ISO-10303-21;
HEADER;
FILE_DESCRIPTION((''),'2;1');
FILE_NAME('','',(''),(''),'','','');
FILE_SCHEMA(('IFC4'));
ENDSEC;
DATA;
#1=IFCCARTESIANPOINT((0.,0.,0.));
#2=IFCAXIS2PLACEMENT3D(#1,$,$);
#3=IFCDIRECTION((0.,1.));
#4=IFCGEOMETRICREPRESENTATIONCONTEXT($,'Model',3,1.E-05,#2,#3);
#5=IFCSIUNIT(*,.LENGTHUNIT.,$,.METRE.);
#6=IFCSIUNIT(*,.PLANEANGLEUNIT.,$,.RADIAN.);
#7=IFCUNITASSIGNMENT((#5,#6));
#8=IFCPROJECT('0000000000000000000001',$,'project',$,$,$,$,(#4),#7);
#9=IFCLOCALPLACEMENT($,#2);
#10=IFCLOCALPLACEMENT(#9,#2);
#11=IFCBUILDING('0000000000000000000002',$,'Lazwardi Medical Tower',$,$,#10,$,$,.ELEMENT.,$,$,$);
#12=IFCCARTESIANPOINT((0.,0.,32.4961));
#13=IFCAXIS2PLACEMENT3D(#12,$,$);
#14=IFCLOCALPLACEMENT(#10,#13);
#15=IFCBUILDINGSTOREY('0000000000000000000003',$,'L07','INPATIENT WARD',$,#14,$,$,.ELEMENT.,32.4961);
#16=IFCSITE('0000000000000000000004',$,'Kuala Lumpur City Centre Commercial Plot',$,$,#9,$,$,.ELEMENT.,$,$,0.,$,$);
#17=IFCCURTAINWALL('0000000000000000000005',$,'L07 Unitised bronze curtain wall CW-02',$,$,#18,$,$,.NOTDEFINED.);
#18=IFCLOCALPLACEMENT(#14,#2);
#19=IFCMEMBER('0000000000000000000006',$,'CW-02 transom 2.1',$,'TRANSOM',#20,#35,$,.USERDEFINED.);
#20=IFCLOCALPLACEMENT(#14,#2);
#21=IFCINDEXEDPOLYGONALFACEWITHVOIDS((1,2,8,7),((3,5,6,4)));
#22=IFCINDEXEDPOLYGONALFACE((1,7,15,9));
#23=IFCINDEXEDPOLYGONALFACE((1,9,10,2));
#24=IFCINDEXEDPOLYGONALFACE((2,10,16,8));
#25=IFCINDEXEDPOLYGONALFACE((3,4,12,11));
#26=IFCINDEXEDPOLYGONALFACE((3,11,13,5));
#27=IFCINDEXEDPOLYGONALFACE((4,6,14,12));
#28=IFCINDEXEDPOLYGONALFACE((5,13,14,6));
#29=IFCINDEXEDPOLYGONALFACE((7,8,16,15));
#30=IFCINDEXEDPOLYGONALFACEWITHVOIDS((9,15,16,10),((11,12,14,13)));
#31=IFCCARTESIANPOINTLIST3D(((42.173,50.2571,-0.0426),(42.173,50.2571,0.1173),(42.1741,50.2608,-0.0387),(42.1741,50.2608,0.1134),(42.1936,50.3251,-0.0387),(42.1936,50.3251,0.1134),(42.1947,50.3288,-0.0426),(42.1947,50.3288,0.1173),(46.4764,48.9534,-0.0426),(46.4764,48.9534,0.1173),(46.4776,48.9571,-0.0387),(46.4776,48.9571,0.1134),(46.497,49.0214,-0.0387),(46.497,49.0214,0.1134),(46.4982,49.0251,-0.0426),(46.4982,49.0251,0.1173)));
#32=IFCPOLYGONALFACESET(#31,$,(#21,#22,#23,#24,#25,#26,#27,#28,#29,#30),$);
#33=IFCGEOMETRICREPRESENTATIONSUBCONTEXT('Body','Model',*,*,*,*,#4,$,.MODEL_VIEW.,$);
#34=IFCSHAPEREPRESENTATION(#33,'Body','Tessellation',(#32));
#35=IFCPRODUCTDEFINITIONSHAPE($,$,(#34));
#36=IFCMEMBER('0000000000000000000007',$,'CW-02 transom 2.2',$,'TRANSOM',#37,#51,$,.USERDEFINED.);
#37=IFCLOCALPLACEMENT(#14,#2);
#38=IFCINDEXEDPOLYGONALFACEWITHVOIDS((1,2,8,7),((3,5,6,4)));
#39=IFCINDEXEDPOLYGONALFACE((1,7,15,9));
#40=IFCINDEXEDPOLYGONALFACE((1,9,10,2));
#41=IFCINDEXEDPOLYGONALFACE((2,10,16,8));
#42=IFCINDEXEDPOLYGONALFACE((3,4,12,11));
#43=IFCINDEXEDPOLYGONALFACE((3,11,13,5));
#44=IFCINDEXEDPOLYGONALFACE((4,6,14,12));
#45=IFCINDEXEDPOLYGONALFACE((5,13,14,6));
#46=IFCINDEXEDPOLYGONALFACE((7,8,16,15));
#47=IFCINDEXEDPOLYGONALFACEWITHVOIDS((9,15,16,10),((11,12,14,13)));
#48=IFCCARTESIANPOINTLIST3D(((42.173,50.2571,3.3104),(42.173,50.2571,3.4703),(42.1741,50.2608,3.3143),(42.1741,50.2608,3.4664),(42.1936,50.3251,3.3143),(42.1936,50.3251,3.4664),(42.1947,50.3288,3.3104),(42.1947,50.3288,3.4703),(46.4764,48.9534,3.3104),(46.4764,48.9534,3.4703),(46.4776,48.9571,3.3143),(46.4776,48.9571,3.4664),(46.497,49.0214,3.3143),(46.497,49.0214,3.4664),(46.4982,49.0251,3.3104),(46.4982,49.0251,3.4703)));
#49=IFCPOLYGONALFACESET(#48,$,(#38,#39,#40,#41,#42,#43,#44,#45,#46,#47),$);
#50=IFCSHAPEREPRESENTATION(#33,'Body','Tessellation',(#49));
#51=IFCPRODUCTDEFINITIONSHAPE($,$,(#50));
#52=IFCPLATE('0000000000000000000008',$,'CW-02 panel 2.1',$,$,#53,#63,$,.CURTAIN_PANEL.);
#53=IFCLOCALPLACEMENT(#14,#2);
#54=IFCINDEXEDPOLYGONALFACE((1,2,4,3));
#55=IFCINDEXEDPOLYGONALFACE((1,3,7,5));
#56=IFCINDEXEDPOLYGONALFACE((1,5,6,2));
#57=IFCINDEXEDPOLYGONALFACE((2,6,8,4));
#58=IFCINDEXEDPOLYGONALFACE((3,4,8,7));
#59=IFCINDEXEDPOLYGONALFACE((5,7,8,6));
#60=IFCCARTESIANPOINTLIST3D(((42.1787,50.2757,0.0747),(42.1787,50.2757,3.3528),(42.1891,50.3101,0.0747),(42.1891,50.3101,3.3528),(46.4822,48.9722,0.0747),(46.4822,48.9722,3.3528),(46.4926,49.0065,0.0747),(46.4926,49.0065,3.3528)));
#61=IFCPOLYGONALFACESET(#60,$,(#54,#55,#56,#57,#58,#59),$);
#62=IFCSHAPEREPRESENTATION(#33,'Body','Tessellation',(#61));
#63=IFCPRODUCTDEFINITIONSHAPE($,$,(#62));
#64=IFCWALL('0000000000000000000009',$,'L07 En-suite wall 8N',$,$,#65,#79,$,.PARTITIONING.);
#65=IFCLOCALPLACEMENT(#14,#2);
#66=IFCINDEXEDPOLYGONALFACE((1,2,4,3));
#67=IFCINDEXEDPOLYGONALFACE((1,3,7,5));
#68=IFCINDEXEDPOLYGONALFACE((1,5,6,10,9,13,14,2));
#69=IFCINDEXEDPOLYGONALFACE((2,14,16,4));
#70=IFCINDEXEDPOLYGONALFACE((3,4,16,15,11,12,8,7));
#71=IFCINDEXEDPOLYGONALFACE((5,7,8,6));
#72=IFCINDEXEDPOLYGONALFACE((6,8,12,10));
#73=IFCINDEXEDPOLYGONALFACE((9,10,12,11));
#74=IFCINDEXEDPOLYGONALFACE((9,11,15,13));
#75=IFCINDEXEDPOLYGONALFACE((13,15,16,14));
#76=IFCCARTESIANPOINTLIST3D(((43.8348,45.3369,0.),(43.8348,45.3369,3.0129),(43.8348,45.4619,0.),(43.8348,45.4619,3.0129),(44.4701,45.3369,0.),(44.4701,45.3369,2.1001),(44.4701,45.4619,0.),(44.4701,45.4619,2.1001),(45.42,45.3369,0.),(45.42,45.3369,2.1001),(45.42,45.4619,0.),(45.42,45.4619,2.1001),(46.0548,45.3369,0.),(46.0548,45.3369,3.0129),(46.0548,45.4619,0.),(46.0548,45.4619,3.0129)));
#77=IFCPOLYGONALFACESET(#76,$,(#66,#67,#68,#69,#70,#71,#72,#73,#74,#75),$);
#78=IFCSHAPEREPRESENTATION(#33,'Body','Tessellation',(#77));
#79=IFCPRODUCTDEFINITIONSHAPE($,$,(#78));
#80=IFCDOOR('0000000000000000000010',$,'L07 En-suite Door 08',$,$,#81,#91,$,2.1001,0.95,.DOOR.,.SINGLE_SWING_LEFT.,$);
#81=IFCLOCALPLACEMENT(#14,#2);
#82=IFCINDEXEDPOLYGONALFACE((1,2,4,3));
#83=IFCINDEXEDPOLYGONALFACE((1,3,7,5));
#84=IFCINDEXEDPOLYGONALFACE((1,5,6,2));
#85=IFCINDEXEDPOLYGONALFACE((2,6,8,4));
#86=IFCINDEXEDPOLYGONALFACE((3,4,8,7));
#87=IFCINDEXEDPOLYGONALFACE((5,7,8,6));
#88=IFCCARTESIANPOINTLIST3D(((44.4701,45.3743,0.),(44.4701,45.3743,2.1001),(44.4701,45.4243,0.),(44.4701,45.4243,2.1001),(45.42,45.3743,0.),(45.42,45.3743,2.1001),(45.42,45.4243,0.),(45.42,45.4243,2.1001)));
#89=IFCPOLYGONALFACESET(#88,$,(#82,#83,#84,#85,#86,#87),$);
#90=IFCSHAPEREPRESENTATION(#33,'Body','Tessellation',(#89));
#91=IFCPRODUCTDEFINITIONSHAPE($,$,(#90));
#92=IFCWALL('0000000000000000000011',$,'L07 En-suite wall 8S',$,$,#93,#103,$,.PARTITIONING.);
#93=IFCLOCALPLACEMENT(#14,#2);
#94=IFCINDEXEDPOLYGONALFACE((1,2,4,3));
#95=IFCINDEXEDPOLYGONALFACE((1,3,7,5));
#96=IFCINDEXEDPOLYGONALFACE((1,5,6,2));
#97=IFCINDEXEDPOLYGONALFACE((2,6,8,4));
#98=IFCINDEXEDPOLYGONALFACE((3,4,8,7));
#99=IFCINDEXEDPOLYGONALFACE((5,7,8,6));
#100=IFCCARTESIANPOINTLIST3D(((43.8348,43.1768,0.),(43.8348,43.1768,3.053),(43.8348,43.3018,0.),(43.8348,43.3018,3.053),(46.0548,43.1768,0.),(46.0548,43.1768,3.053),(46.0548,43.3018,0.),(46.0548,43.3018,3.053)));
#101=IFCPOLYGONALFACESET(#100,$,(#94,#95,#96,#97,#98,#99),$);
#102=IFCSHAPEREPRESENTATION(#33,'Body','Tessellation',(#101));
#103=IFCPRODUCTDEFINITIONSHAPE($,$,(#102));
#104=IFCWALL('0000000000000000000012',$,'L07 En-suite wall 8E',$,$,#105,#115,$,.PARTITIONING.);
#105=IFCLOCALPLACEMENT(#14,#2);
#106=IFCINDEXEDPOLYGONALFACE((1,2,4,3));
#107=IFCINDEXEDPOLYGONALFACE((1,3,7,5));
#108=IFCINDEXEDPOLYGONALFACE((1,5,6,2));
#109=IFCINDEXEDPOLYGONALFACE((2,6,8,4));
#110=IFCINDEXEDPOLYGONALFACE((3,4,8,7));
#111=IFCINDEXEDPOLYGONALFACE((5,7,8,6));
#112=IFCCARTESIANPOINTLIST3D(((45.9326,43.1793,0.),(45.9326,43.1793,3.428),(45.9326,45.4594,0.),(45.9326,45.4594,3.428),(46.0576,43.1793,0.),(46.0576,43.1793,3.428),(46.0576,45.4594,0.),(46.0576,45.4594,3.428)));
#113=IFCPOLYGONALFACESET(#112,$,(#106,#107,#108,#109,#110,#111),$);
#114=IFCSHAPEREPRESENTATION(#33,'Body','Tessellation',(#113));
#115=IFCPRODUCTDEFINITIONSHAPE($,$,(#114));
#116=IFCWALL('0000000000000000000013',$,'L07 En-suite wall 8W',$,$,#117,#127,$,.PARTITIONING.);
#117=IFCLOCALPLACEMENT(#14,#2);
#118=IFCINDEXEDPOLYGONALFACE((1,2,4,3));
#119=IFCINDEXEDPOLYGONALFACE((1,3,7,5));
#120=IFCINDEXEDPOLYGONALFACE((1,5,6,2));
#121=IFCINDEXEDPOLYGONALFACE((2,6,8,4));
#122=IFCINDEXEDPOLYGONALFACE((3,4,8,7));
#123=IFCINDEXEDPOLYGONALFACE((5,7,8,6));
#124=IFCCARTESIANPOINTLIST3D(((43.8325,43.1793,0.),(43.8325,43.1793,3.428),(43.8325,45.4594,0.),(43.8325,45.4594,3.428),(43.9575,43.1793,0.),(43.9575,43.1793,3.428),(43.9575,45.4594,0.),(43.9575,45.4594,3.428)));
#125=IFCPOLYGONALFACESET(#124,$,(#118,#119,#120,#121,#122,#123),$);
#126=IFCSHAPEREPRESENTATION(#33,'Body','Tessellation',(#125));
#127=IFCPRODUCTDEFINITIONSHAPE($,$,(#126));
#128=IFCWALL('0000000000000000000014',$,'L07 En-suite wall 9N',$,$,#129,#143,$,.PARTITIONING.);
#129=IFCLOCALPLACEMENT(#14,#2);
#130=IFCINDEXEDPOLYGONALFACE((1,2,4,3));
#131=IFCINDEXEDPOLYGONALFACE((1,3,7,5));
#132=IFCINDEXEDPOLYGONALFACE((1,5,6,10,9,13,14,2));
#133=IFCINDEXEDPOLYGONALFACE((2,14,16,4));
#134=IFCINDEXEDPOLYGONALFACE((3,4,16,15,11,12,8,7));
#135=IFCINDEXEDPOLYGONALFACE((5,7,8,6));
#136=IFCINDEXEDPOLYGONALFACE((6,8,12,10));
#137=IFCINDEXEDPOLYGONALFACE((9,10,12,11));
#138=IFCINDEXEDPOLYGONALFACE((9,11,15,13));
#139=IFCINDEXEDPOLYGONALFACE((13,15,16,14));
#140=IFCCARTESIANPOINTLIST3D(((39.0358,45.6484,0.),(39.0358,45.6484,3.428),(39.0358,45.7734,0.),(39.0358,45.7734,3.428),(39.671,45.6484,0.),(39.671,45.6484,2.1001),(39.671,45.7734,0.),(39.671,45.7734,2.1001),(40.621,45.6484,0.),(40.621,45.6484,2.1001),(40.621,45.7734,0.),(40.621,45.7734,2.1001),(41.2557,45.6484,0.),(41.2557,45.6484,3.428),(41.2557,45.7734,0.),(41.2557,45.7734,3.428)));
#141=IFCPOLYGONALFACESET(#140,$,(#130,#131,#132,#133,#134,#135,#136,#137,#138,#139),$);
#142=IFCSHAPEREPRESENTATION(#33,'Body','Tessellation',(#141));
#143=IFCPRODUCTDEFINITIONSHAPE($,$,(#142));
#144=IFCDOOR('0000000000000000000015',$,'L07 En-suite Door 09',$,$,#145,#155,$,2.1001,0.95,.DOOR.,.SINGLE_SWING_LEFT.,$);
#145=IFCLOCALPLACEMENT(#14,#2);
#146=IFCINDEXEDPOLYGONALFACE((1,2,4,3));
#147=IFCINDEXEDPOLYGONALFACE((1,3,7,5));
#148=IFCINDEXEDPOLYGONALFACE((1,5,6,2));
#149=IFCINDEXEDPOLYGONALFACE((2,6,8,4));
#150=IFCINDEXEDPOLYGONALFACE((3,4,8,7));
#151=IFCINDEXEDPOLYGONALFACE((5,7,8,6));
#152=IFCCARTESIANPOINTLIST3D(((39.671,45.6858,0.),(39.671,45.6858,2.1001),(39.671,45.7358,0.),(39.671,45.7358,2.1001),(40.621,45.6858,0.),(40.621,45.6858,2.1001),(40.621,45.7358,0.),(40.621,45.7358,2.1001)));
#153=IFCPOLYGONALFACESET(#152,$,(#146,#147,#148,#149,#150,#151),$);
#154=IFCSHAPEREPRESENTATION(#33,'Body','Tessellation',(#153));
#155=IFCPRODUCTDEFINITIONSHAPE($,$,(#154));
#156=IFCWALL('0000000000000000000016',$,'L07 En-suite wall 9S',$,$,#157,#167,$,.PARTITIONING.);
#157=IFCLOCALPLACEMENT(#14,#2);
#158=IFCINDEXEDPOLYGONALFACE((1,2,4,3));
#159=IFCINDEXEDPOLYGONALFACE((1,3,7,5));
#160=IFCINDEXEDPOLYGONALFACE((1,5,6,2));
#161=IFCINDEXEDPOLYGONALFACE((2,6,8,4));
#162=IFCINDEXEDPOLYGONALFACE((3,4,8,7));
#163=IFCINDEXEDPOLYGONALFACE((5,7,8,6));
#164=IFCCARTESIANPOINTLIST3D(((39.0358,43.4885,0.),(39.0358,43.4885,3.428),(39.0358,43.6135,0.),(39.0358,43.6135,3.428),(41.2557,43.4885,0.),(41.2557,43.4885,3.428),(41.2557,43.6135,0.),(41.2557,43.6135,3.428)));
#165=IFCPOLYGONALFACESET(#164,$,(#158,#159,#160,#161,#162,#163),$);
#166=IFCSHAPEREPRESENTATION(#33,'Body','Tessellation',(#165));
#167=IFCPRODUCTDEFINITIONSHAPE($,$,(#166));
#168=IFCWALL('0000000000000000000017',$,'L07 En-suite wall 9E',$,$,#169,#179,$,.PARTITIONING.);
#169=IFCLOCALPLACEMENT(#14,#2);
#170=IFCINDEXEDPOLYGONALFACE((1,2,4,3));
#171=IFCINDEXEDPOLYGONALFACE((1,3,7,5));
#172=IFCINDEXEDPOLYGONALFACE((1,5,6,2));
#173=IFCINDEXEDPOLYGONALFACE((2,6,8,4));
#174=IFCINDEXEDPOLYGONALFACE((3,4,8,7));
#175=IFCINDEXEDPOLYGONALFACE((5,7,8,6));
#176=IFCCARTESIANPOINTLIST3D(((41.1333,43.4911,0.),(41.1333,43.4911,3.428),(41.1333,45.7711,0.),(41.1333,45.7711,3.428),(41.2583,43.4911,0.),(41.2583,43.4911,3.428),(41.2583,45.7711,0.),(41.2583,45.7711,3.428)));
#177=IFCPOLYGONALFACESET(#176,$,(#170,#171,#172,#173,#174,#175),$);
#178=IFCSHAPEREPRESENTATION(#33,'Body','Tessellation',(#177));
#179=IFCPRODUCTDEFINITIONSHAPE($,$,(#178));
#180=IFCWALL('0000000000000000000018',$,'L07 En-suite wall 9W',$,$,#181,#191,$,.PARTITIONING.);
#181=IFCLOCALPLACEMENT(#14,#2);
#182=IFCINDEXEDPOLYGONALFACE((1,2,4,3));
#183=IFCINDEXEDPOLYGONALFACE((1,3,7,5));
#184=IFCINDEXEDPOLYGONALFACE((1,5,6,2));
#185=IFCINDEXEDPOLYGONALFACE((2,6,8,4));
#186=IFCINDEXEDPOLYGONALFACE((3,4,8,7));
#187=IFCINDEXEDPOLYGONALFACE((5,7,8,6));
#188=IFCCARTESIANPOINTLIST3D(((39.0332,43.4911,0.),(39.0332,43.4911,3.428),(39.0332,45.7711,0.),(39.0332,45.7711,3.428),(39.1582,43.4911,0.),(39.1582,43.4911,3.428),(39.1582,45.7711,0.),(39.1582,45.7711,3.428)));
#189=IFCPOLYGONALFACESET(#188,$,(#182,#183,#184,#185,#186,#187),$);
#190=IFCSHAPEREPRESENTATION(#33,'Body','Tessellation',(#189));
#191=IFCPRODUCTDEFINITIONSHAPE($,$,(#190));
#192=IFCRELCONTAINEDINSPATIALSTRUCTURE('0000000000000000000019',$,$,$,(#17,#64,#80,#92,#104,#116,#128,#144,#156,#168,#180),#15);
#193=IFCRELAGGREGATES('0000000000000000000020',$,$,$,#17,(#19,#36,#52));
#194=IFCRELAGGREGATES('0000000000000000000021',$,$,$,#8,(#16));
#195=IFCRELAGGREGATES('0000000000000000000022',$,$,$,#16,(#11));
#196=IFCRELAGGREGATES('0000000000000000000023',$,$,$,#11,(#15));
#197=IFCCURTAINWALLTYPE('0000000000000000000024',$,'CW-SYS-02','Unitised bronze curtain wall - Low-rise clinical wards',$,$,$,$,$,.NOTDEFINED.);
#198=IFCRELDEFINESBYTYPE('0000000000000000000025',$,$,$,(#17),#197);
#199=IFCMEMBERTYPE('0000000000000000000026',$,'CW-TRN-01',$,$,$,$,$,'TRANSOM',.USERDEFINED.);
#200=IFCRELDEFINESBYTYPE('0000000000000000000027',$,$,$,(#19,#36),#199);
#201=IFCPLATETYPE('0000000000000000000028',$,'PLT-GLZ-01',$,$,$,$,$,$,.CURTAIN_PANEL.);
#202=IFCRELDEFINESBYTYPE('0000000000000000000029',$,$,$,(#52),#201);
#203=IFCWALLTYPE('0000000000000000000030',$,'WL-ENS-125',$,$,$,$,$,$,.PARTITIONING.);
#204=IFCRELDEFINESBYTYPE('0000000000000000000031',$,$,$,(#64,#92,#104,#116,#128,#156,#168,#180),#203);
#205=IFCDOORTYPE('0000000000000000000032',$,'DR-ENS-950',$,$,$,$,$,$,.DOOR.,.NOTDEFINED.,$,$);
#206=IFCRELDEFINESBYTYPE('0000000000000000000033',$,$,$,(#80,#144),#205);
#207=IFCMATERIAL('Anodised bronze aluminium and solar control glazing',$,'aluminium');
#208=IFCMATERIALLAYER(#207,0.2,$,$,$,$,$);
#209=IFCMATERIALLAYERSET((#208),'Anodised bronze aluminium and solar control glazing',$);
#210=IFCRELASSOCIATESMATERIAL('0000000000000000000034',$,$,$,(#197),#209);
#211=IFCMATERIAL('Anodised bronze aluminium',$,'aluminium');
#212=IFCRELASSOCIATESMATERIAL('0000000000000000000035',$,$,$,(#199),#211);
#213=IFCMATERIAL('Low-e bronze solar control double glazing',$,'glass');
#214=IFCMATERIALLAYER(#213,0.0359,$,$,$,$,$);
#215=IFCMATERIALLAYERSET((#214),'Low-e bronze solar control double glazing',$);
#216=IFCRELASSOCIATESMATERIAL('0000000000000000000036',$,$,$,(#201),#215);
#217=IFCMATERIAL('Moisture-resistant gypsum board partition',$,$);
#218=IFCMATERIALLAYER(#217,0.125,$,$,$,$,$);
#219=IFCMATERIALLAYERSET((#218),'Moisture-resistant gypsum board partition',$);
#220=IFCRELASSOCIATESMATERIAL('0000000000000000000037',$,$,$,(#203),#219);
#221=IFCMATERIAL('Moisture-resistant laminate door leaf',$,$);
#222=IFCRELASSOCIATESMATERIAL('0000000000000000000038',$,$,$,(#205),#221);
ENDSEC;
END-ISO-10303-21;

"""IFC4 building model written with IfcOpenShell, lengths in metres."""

from ifc_helpers import new_model, si_unit, direction, frame, frame_2d, origin, origin_2d, place, context, subcontext, project, spatial, rectangle, hollow_rectangle, extrude, material, layer, layer_set, material_profile, profile_set, type_object, element, fill, aggregate, save


model = new_model("IFC4")

# Units and contexts
model_context = context("Model", 3, precision=1e-05, world=origin(), true_north=direction((0.0, 1.0)))
body_context = subcontext(model_context, "Body", "Model", "MODEL_VIEW")
ifc_project = project(units=[si_unit("LENGTHUNIT", "METRE"), si_unit("PLANEANGLEUNIT", "RADIAN")], contexts=[model_context])

# Site, building, storey
site_placement = place(None, origin())
site = spatial("IfcSite", under=ifc_project, at=site_placement, Name="Kuala Lumpur City Centre Commercial Plot", CompositionType="ELEMENT", RefElevation=0.0)
building_placement = place(site_placement, origin())
building = spatial("IfcBuilding", under=site, at=building_placement, Name="Lazwardi Medical Tower", CompositionType="ELEMENT")
storey_placement = place(building_placement, frame((0.0, 0.0, 32.4961)))
storey = spatial("IfcBuildingStorey", under=building, at=storey_placement, Name="L07", Description="INPATIENT WARD", CompositionType="ELEMENT", Elevation=32.4961)

# Curtain wall, members, plate
ifc_material_1 = material(Name="Anodised bronze aluminium and solar control glazing", Category="aluminium")
ifc_layer_1 = layer(ifc_material_1, 0.2)
ifc_layer_set_1 = layer_set([ifc_layer_1], Name="Anodised bronze aluminium and solar control glazing")
curtain_wall_type = type_object("IfcCurtainWallType", Name="CW-SYS-02", Description="Unitised bronze curtain wall - Low-rise clinical wards", PredefinedType="NOTDEFINED", material=ifc_layer_set_1)
curtain_wall_placement = place(storey_placement, origin())
curtain_wall = element("IfcCurtainWall", 1, at=curtain_wall_placement, inside=storey, type_object=curtain_wall_type, Name="L07 Unitised bronze curtain wall CW-02", PredefinedType="NOTDEFINED")
ifc_material_2 = material(Name="Anodised bronze aluminium", Category="aluminium")
ifc_material_profile_1 = material_profile(ifc_material_2, hollow_rectangle(XDim=0.075, YDim=0.1599, WallThickness=0.0039, at=origin_2d()), Name="ALU-TRANSOM 160x75x4")
ifc_profile_set_1 = profile_set([ifc_material_profile_1], Name="Anodised bronze aluminium")
member_type_1 = type_object("IfcMemberType", Name="CW-TRN-01", ElementType="TRANSOM", PredefinedType="USERDEFINED", material=ifc_profile_set_1)
member_1_placement = place(storey_placement, frame((46.4873, 48.9893, 0.0374), z_axis=(-0.957047, 0.289932, 0.0), x_axis=(-0.289932, -0.957047, 0.0)))
member_1 = element("IfcMember", 2, at=member_1_placement, type_object=member_type_1, Name="CW-02 transom 2.1", ObjectType="TRANSOM", PredefinedType="USERDEFINED", context=body_context, shape_type="SweptSolid", body=[
    extrude(hollow_rectangle(XDim=0.075, YDim=0.1599, WallThickness=0.0039, at=origin_2d()), origin(), (0.0, 0.0, 1.0), 4.4966),
])
member_2_placement = place(storey_placement, frame((46.4873, 48.9893, 3.3904), z_axis=(-0.957047, 0.289932, 0.0), x_axis=(-0.289932, -0.957047, 0.0)))
member_2 = element("IfcMember", 3, at=member_2_placement, type_object=member_type_1, Name="CW-02 transom 2.2", ObjectType="TRANSOM", PredefinedType="USERDEFINED", context=body_context, shape_type="SweptSolid", body=[
    extrude(hollow_rectangle(XDim=0.075, YDim=0.1599, WallThickness=0.0039, at=origin_2d()), origin(), (0.0, 0.0, 1.0), 4.4966),
])
ifc_material_3 = material(Name="Low-e bronze solar control double glazing", Category="glass")
ifc_layer_2 = layer(ifc_material_3, 0.0359)
ifc_layer_set_2 = layer_set([ifc_layer_2], Name="Low-e bronze solar control double glazing")
plate_type = type_object("IfcPlateType", Name="PLT-GLZ-01", PredefinedType="CURTAIN_PANEL", material=ifc_layer_set_2)
plate_placement = place(storey_placement, frame((44.3357, 49.6411, 0.0747), z_axis=(0.0, 0.0, 1.0), x_axis=(-0.957058, 0.289896, 0.0)))
plate = element("IfcPlate", 4, at=plate_placement, type_object=plate_type, Name="CW-02 panel 2.1", PredefinedType="CURTAIN_PANEL", context=body_context, shape_type="SweptSolid", body=[
    extrude(rectangle(XDim=4.4966, YDim=0.0359, at=origin_2d()), origin(), (0.0, 0.0, 1.0), 3.2781),
])
aggregate(curtain_wall, [member_1, member_2, plate])

# Wall, opening, door
ifc_material_4 = material(Name="Moisture-resistant gypsum board partition")
ifc_layer_3 = layer(ifc_material_4, 0.125)
ifc_layer_set_3 = layer_set([ifc_layer_3], Name="Moisture-resistant gypsum board partition")
wall_type_1 = type_object("IfcWallType", Name="WL-ENS-125", PredefinedType="PARTITIONING", material=ifc_layer_set_3)
wall_1_placement = place(storey_placement, frame((43.835, 45.3994, 0.0), z_axis=(0.0, 0.0, 1.0), x_axis=(1.0, 0.0, 0.0)))
wall_1 = element("IfcWall", 5, at=wall_1_placement, inside=storey, type_object=wall_type_1, Name="L07 En-suite wall 8N", PredefinedType="PARTITIONING", context=body_context, shape_type="SweptSolid", body=[
    extrude(rectangle(XDim=2.22, YDim=0.125, at=frame_2d((1.1099, 0.0))), origin(), (0.0, 0.0, 1.0), 3.0129),
])
opening_1_placement = place(wall_1_placement, frame((0.635, 0.0, 0.0)))
opening_1 = element("IfcOpeningElement", 6, at=opening_1_placement, cuts=wall_1, PredefinedType="OPENING", context=body_context, shape_type="SweptSolid", body=[
    extrude(rectangle(XDim=0.95, YDim=2.1001, at=frame_2d((0.4751, 1.05))), frame((0.0, 0.0725, 0.0), z_axis=(0.0, -1.0, 0.0), x_axis=(1.0, 0.0, 0.0)), (0.0, 0.0, 1.0), 0.145),
])
ifc_material_5 = material(Name="Moisture-resistant laminate door leaf")
door_type = type_object("IfcDoorType", Name="DR-ENS-950", OperationType="NOTDEFINED", PredefinedType="DOOR", material=ifc_material_5)
door_1_placement = place(opening_1_placement, origin())
door_1 = element("IfcDoor", 7, at=door_1_placement, inside=storey, type_object=door_type, Name="L07 En-suite Door 08", OperationType="SINGLE_SWING_LEFT", OverallHeight=2.1001, OverallWidth=0.95, PredefinedType="DOOR", context=body_context, shape_type="SweptSolid", body=[
    extrude(rectangle(XDim=0.95, YDim=2.1001, at=frame_2d((0.4751, 1.05))), frame((0.0, 0.0249, 0.0), z_axis=(0.0, -1.0, 0.0), x_axis=(1.0, 0.0, 0.0)), (0.0, 0.0, 1.0), 0.05),
])
fill(opening_1, door_1)

# Walls
wall_2_placement = place(storey_placement, frame((43.835, 43.2393, 0.0), z_axis=(0.0, 0.0, 1.0), x_axis=(1.0, 0.0, 0.0)))
element("IfcWall", 8, at=wall_2_placement, inside=storey, type_object=wall_type_1, Name="L07 En-suite wall 8S", PredefinedType="PARTITIONING", context=body_context, shape_type="SweptSolid", body=[
    extrude(rectangle(XDim=2.22, YDim=0.125, at=frame_2d((1.1099, 0.0))), origin(), (0.0, 0.0, 1.0), 3.053),
])
for number, where, z_axis, x_axis, name in (
    (9, (45.9951, 43.1792, 0.0), (0.0, 0.0, 1.0), (0.0, 1.0, 0.0), "L07 En-suite wall 8E"),
    (10, (43.895, 43.1792, 0.0), (0.0, 0.0, 1.0), (0.0, 1.0, 0.0), "L07 En-suite wall 8W"),
):
    element("IfcWall", number, at=place(storey_placement, frame(where, z_axis=z_axis, x_axis=x_axis)), inside=storey, type_object=wall_type_1, Name=name, PredefinedType="PARTITIONING", context=body_context, shape_type="SweptSolid", body=[
        extrude(rectangle(XDim=2.28, YDim=0.125, at=frame_2d((1.1401, 0.0))), origin(), (0.0, 0.0, 1.0), 3.428),
    ])

# Wall, opening, door
wall_3_placement = place(storey_placement, frame((39.0359, 45.7109, 0.0), z_axis=(0.0, 0.0, 1.0), x_axis=(1.0, 0.0, 0.0)))
wall_3 = element("IfcWall", 11, at=wall_3_placement, inside=storey, type_object=wall_type_1, Name="L07 En-suite wall 9N", PredefinedType="PARTITIONING", context=body_context, shape_type="SweptSolid", body=[
    extrude(rectangle(XDim=2.22, YDim=0.125, at=frame_2d((1.1099, 0.0))), origin(), (0.0, 0.0, 1.0), 3.428),
])
opening_2_placement = place(wall_3_placement, frame((0.635, 0.0, 0.0)))
opening_2 = element("IfcOpeningElement", 12, at=opening_2_placement, cuts=wall_3, PredefinedType="OPENING", context=body_context, shape_type="SweptSolid", body=[
    extrude(rectangle(XDim=0.95, YDim=2.1001, at=frame_2d((0.4751, 1.05))), frame((0.0, 0.0725, 0.0), z_axis=(0.0, -1.0, 0.0), x_axis=(1.0, 0.0, 0.0)), (0.0, 0.0, 1.0), 0.145),
])
door_2_placement = place(opening_2_placement, origin())
door_2 = element("IfcDoor", 13, at=door_2_placement, inside=storey, type_object=door_type, Name="L07 En-suite Door 09", OperationType="SINGLE_SWING_LEFT", OverallHeight=2.1001, OverallWidth=0.95, PredefinedType="DOOR", context=body_context, shape_type="SweptSolid", body=[
    extrude(rectangle(XDim=0.95, YDim=2.1001, at=frame_2d((0.4751, 1.05))), frame((0.0, 0.0249, 0.0), z_axis=(0.0, -1.0, 0.0), x_axis=(1.0, 0.0, 0.0)), (0.0, 0.0, 1.0), 0.05),
])
fill(opening_2, door_2)

# Walls
wall_4_placement = place(storey_placement, frame((39.0359, 43.551, 0.0), z_axis=(0.0, 0.0, 1.0), x_axis=(1.0, 0.0, 0.0)))
element("IfcWall", 14, at=wall_4_placement, inside=storey, type_object=wall_type_1, Name="L07 En-suite wall 9S", PredefinedType="PARTITIONING", context=body_context, shape_type="SweptSolid", body=[
    extrude(rectangle(XDim=2.22, YDim=0.125, at=frame_2d((1.1099, 0.0))), origin(), (0.0, 0.0, 1.0), 3.428),
])
for number, where, z_axis, x_axis, name in (
    (15, (41.1958, 43.491, 0.0), (0.0, 0.0, 1.0), (0.0, 1.0, 0.0), "L07 En-suite wall 9E"),
    (16, (39.0957, 43.491, 0.0), (0.0, 0.0, 1.0), (0.0, 1.0, 0.0), "L07 En-suite wall 9W"),
):
    element("IfcWall", number, at=place(storey_placement, frame(where, z_axis=z_axis, x_axis=x_axis)), inside=storey, type_object=wall_type_1, Name=name, PredefinedType="PARTITIONING", context=body_context, shape_type="SweptSolid", body=[
        extrude(rectangle(XDim=2.28, YDim=0.125, at=frame_2d((1.1401, 0.0))), origin(), (0.0, 0.0, 1.0), 3.428),
    ])

save(model, "model.ifc")
